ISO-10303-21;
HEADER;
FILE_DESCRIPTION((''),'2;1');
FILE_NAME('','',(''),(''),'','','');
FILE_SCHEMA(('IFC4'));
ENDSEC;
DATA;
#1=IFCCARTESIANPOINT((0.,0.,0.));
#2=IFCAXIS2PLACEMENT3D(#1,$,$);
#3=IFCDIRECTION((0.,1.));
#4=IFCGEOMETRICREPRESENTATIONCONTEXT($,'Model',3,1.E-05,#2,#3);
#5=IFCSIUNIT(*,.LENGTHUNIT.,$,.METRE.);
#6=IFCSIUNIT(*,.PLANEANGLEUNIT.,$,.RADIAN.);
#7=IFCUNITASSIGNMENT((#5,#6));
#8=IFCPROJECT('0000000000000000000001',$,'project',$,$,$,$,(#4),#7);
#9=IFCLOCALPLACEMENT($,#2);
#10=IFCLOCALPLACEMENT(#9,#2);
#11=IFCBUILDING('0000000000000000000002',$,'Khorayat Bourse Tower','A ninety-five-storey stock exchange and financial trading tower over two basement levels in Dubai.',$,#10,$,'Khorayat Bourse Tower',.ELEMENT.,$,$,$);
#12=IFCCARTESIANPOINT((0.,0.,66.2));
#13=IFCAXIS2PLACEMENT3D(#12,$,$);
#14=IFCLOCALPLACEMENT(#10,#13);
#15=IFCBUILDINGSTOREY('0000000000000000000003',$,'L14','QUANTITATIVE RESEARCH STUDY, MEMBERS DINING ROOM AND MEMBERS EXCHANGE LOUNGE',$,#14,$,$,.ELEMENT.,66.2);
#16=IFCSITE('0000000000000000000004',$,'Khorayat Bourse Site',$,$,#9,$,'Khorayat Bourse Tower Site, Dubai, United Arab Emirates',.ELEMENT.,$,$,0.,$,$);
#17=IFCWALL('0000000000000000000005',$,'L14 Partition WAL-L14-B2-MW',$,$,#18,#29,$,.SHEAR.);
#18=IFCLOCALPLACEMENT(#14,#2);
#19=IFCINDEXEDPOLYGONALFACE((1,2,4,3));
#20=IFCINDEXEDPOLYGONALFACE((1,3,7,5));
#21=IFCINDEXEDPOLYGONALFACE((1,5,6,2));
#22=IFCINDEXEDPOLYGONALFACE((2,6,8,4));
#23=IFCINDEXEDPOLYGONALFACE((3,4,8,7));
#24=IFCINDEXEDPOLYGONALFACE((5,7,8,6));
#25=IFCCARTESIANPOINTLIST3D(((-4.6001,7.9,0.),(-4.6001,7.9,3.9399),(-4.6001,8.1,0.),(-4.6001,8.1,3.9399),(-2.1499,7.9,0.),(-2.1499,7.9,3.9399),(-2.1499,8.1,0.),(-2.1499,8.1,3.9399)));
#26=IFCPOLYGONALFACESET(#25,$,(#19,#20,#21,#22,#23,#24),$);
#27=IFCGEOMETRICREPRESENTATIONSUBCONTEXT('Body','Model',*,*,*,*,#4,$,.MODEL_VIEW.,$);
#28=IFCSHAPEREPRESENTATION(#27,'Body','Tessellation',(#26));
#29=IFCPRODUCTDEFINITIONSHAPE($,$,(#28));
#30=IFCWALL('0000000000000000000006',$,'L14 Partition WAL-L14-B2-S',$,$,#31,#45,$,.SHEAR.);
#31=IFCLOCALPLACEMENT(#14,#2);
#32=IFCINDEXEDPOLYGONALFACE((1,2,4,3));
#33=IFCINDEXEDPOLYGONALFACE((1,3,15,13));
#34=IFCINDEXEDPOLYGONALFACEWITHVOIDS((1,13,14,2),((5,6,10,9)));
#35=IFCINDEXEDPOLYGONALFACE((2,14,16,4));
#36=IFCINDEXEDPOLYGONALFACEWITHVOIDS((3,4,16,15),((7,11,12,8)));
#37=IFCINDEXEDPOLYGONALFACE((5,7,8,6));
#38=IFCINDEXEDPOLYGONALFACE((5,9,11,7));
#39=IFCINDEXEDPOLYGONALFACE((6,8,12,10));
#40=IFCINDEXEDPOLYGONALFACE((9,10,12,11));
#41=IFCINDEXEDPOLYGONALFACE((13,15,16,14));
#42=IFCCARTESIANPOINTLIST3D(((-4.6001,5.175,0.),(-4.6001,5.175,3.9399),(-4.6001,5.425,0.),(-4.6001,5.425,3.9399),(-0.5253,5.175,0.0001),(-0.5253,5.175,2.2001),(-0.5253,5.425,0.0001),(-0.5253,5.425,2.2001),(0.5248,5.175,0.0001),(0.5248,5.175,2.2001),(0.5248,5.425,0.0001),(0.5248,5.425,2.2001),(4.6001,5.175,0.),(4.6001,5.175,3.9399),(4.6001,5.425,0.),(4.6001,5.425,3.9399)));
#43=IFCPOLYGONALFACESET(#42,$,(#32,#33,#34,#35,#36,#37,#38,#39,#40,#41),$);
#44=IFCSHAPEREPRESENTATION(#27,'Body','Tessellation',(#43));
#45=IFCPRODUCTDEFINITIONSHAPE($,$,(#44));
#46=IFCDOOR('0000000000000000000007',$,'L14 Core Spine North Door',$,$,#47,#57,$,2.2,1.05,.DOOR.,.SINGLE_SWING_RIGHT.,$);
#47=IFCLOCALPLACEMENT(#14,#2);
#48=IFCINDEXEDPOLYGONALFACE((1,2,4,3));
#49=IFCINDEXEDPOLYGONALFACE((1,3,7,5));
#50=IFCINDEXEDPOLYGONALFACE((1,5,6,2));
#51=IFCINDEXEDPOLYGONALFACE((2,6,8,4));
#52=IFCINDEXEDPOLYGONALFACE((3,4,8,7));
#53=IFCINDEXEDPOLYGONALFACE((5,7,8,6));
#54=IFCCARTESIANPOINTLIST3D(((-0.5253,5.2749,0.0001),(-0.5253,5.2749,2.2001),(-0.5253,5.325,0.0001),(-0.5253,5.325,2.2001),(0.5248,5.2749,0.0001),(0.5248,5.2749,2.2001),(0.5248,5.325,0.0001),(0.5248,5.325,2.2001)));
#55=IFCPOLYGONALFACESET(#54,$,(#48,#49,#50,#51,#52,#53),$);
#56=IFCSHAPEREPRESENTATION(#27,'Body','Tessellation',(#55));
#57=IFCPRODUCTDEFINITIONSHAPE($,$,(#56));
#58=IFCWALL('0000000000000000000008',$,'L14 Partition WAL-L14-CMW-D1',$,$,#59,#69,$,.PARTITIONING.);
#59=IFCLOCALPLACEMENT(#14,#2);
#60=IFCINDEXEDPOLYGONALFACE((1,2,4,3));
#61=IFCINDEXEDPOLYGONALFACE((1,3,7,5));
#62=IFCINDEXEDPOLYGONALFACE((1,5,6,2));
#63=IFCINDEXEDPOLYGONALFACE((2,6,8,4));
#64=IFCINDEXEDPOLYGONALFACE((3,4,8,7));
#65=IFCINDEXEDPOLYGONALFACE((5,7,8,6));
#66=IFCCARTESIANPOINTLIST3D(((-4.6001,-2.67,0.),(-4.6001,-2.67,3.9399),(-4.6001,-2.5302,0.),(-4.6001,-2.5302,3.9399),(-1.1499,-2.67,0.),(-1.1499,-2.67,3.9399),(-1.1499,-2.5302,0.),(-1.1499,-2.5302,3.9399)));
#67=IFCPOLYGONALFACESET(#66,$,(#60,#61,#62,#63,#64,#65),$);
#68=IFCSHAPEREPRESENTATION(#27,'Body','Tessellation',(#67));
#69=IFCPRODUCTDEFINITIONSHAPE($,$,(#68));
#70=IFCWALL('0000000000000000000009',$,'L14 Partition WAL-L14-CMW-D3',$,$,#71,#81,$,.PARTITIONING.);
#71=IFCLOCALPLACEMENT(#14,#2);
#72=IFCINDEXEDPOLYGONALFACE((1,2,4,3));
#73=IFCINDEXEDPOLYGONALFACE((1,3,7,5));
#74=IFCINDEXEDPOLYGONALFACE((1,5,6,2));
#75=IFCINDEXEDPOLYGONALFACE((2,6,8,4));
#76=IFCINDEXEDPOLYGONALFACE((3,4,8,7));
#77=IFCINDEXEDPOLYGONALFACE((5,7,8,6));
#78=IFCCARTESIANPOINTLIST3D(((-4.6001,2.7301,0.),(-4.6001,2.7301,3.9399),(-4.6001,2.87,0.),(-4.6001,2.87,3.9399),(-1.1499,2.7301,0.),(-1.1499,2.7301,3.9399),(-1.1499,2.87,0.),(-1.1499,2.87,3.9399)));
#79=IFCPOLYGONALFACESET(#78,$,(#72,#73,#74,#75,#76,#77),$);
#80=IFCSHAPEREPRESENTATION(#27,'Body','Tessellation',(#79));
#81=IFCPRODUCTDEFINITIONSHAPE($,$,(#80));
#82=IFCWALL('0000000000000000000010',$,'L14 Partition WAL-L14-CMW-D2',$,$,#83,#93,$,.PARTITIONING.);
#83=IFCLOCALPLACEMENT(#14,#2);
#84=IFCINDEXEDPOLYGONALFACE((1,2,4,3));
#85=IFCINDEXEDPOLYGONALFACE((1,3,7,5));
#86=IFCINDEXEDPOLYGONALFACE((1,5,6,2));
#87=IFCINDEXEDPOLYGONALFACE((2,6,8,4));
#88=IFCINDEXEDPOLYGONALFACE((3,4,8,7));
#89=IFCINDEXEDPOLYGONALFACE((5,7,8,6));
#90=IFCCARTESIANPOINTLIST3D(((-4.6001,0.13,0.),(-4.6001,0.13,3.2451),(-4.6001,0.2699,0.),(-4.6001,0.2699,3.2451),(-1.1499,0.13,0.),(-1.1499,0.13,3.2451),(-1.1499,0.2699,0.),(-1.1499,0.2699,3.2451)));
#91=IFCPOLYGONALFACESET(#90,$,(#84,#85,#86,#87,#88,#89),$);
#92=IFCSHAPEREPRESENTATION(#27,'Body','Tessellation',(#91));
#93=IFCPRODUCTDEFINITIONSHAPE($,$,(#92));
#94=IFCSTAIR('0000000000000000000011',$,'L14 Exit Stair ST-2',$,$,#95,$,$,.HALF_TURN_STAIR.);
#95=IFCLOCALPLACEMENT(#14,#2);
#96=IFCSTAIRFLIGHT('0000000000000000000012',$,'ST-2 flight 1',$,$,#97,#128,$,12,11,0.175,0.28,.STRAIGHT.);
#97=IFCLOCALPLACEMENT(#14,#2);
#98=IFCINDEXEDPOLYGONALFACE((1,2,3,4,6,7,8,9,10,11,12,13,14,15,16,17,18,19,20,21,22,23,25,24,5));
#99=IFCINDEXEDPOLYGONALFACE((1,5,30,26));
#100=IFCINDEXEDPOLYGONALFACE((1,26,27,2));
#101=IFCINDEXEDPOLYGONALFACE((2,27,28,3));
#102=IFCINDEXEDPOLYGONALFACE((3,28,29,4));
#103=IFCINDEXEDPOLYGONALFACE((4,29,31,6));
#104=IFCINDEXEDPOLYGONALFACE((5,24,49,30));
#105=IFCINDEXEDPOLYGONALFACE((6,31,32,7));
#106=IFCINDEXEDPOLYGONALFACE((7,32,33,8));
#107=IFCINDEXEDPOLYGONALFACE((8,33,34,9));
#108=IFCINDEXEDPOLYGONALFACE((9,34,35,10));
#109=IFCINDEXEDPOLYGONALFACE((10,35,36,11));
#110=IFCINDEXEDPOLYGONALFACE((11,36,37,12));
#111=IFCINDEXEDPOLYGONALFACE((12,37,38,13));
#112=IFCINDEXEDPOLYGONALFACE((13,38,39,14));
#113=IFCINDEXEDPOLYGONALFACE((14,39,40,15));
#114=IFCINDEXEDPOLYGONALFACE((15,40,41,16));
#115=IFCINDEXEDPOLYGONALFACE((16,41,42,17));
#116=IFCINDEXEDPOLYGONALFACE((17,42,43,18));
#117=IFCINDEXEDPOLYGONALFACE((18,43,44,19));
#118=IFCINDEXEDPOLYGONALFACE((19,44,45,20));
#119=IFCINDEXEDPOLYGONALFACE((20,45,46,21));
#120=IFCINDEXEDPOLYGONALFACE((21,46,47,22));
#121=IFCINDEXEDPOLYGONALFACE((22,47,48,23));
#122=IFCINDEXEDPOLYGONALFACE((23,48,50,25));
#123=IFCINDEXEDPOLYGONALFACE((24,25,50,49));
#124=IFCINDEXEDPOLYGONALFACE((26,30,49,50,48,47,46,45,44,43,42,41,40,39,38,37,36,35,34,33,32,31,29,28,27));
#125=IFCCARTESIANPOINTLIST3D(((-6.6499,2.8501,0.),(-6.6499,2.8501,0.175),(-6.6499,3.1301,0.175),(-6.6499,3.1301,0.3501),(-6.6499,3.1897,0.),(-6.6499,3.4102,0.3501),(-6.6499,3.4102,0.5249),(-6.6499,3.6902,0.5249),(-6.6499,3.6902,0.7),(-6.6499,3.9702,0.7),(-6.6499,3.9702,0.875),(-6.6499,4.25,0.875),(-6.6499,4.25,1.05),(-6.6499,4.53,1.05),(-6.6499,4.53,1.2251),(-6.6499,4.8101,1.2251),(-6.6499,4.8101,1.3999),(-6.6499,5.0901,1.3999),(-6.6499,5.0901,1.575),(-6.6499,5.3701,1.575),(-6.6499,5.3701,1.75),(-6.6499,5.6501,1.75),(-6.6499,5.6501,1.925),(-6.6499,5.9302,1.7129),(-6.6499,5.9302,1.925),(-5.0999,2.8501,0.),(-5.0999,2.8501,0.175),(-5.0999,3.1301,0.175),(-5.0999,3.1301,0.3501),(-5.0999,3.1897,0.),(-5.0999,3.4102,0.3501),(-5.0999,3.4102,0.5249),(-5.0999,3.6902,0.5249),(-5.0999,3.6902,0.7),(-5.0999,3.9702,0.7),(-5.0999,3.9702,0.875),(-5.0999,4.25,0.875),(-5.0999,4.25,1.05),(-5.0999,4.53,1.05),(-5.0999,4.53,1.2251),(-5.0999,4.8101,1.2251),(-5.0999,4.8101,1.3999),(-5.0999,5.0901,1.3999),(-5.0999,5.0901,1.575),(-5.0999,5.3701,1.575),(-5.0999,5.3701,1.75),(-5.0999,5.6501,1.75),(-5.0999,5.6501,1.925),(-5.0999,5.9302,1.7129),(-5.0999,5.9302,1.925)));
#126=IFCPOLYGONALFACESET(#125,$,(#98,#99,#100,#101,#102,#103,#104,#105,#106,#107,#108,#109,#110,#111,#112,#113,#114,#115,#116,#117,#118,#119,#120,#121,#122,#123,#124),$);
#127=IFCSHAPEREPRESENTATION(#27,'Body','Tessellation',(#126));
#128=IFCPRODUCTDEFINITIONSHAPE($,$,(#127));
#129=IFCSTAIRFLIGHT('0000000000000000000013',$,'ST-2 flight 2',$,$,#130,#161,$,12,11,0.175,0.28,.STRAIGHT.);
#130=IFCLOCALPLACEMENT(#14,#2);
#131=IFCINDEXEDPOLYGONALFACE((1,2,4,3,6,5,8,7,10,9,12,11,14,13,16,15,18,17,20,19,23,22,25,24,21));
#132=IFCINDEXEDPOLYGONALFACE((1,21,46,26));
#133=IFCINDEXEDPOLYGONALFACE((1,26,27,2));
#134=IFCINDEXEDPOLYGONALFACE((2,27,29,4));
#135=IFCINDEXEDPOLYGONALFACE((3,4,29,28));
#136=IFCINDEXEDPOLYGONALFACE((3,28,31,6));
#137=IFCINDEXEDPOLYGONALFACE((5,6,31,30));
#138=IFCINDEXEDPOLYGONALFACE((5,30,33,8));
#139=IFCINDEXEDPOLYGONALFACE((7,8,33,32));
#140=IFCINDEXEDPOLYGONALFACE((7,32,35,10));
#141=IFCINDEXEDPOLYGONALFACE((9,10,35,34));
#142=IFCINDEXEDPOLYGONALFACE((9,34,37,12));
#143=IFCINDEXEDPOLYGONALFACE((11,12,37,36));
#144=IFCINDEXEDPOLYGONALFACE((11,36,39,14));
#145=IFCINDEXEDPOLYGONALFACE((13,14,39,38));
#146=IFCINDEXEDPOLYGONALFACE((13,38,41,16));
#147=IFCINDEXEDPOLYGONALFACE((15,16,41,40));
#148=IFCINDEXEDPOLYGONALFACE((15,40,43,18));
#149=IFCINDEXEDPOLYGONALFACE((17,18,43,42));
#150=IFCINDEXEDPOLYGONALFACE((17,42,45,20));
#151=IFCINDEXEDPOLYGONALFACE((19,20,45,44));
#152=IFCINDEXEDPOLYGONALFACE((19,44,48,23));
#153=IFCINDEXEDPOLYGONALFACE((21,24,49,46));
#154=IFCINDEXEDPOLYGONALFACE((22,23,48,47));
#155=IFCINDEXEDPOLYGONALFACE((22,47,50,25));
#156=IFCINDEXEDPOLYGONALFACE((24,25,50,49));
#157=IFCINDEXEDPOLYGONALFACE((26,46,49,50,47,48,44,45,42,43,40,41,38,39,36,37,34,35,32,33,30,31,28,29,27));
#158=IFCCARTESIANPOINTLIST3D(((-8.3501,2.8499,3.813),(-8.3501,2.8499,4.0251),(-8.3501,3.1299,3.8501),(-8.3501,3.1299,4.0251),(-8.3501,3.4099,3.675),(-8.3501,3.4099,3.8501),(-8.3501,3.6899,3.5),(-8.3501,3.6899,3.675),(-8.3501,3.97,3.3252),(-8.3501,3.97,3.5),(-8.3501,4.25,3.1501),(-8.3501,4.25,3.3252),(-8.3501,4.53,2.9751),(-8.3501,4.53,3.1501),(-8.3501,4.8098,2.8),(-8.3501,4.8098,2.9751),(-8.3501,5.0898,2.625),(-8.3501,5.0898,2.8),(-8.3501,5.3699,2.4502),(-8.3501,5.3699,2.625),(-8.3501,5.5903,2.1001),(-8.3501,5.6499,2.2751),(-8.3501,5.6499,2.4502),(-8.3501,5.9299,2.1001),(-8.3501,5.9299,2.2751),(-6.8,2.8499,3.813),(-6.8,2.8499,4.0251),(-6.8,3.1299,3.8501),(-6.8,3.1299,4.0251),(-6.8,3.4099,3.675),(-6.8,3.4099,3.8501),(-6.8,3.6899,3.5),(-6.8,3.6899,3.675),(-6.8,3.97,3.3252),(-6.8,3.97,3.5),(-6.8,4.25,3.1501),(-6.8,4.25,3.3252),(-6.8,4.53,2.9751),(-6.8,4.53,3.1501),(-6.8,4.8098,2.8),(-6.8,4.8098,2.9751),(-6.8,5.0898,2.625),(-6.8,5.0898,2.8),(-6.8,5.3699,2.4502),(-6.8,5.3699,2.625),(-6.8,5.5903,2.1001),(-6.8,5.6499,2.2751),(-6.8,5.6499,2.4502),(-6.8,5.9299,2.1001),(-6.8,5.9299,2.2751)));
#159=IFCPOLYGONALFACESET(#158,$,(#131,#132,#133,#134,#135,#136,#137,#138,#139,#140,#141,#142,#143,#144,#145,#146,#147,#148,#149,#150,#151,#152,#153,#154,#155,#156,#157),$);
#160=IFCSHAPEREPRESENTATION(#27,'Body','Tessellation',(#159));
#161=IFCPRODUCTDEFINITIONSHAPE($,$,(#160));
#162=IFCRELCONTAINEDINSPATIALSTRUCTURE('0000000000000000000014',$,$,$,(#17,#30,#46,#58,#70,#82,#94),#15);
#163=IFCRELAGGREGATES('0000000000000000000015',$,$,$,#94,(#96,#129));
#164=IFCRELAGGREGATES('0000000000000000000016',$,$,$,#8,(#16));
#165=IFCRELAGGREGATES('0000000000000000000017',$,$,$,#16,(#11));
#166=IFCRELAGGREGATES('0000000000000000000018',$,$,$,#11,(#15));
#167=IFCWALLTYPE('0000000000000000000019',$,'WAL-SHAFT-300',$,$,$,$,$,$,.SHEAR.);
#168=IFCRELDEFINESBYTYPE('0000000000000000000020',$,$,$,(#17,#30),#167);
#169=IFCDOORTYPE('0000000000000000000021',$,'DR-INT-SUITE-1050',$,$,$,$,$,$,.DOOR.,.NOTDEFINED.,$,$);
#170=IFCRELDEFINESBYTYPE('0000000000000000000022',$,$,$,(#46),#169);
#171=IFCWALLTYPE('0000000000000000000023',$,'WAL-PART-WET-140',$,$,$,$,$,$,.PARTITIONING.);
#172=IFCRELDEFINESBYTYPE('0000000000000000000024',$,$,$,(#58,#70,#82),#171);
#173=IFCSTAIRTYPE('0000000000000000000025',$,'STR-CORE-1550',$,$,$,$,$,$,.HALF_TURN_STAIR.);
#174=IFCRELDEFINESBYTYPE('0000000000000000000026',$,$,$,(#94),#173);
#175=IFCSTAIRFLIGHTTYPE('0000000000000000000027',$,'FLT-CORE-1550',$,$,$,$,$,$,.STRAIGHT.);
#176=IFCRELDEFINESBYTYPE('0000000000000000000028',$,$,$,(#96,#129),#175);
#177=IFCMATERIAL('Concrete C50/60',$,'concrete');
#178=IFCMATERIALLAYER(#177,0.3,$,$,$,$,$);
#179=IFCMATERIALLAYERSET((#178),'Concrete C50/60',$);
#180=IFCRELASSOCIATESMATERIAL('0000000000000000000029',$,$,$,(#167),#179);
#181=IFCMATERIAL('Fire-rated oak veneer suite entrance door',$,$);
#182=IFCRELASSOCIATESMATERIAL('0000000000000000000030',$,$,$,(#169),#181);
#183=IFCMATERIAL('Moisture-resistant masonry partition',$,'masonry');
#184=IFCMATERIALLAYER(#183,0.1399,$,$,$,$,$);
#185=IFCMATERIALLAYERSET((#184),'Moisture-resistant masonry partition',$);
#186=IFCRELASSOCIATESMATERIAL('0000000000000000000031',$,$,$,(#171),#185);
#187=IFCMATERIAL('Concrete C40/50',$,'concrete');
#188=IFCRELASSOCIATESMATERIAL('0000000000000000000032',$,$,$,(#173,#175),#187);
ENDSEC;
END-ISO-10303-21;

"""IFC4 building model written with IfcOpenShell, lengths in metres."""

from ifc_helpers import new_model, si_unit, direction, frame, frame_2d, origin, place, context, subcontext, project, spatial, polyline, rectangle, outline, extrude, source, transform, mapped, material, layer, layer_set, type_object, element, fill, aggregate, save


model = new_model("IFC4")

# Units and contexts
model_context = context("Model", 3, precision=1e-05, world=origin(), true_north=direction((0.0, 1.0)))
body_context = subcontext(model_context, "Body", "Model", "MODEL_VIEW")
ifc_project = project(units=[si_unit("LENGTHUNIT", "METRE"), si_unit("PLANEANGLEUNIT", "RADIAN")], contexts=[model_context])

# Site, building, storey
site_placement = place(None, origin())
site = spatial("IfcSite", under=ifc_project, at=site_placement, Name="Khorayat Bourse Site", LongName="Khorayat Bourse Tower Site, Dubai, United Arab Emirates", CompositionType="ELEMENT", RefElevation=0.0)
building_placement = place(site_placement, origin())
building = spatial("IfcBuilding", under=site, at=building_placement, Name="Khorayat Bourse Tower", Description="A ninety-five-storey stock exchange and financial trading tower over two basement levels in Dubai.", LongName="Khorayat Bourse Tower", CompositionType="ELEMENT")
storey_placement = place(building_placement, frame((0.0, 0.0, 66.2)))
storey = spatial("IfcBuildingStorey", under=building, at=storey_placement, Name="L14", Description="QUANTITATIVE RESEARCH STUDY, MEMBERS DINING ROOM AND MEMBERS EXCHANGE LOUNGE", CompositionType="ELEMENT", Elevation=66.2)

# Wall
ifc_material_1 = material(Name="Concrete C50/60", Category="concrete")
ifc_layer_1 = layer(ifc_material_1, 0.3)
ifc_layer_set_1 = layer_set([ifc_layer_1], Name="Concrete C50/60")
wall_type_1 = type_object("IfcWallType", Name="WAL-SHAFT-300", PredefinedType="SHEAR", material=ifc_layer_set_1)
shared_shape_1 = source(origin(), body_context, "Body", "SweptSolid", [
    extrude(rectangle(XDim=2.4502, YDim=0.2, at=frame_2d((1.2251, 0.0))), origin(), (0.0, 0.0, 1.0), 3.9399),
])
wall_1_placement = place(storey_placement, frame((-4.6001, 8.0, 0.0), z_axis=(0.0, 0.0, 1.0), x_axis=(1.0, 0.0, 0.0)))
element("IfcWall", 1, at=wall_1_placement, inside=storey, type_object=wall_type_1, Name="L14 Partition WAL-L14-B2-MW", PredefinedType="SHEAR", context=body_context, shape_type="MappedRepresentation", body=[
    mapped(shared_shape_1, transform((0.0, 0.0, 0.0), scale=1.0)),
])

# Wall, opening, door
shared_shape_2 = source(origin(), body_context, "Body", "SweptSolid", [
    extrude(rectangle(XDim=9.2002, YDim=0.25, at=frame_2d((4.6001, 0.0))), origin(), (0.0, 0.0, 1.0), 3.9399),
])
wall_2_placement = place(storey_placement, frame((-4.6001, 5.3, 0.0), z_axis=(0.0, 0.0, 1.0), x_axis=(1.0, 0.0, 0.0)))
wall_2 = element("IfcWall", 2, at=wall_2_placement, inside=storey, type_object=wall_type_1, Name="L14 Partition WAL-L14-B2-S", PredefinedType="SHEAR", context=body_context, shape_type="MappedRepresentation", body=[
    mapped(shared_shape_2, transform((0.0, 0.0, 0.0), scale=1.0)),
])
shared_shape_3 = source(origin(), body_context, "Body", "SweptSolid", [
    extrude(rectangle(XDim=1.05, YDim=2.2, at=frame_2d((0.5249, 1.1001))), frame((0.0, 0.135, 0.0), z_axis=(0.0, -1.0, 0.0), x_axis=(1.0, 0.0, 0.0)), (0.0, 0.0, 1.0), 0.27),
])
opening_placement = place(wall_2_placement, frame((4.075, 0.0, 0.0)))
opening = element("IfcOpeningElement", 3, at=opening_placement, cuts=wall_2, PredefinedType="OPENING", context=body_context, shape_type="MappedRepresentation", body=[
    mapped(shared_shape_3, transform((0.0, 0.0, 0.0), scale=1.0)),
])
ifc_material_2 = material(Name="Fire-rated oak veneer suite entrance door")
door_type = type_object("IfcDoorType", Name="DR-INT-SUITE-1050", OperationType="NOTDEFINED", PredefinedType="DOOR", material=ifc_material_2)
shared_shape_4 = source(origin(), body_context, "Body", "SweptSolid", [
    extrude(rectangle(XDim=1.05, YDim=2.2, at=frame_2d((0.5249, 1.1001))), frame((0.0, 0.0249, 0.0), z_axis=(0.0, -1.0, 0.0), x_axis=(1.0, 0.0, 0.0)), (0.0, 0.0, 1.0), 0.05),
])
door_placement = place(opening_placement, origin())
door = element("IfcDoor", 4, at=door_placement, inside=storey, type_object=door_type, Name="L14 Core Spine North Door", OperationType="SINGLE_SWING_RIGHT", OverallHeight=2.2, OverallWidth=1.05, PredefinedType="DOOR", context=body_context, shape_type="MappedRepresentation", body=[
    mapped(shared_shape_4, transform((0.0, 0.0, 0.0), scale=1.0)),
])
fill(opening, door)

# Walls
ifc_material_3 = material(Name="Moisture-resistant masonry partition", Category="masonry")
ifc_layer_2 = layer(ifc_material_3, 0.1399)
ifc_layer_set_2 = layer_set([ifc_layer_2], Name="Moisture-resistant masonry partition")
wall_type_2 = type_object("IfcWallType", Name="WAL-PART-WET-140", PredefinedType="PARTITIONING", material=ifc_layer_set_2)
shared_shape_5 = source(origin(), body_context, "Body", "SweptSolid", [
    extrude(rectangle(XDim=3.4502, YDim=0.1399, at=frame_2d((1.7251, 0.0))), origin(), (0.0, 0.0, 1.0), 3.9399),
])
for number, where, z_axis, x_axis, name in (
    (5, (-4.6001, -2.6001, 0.0), (0.0, 0.0, 1.0), (1.0, 0.0, 0.0), "L14 Partition WAL-L14-CMW-D1"),
    (6, (-4.6001, 2.8, 0.0), (0.0, 0.0, 1.0), (1.0, 0.0, 0.0), "L14 Partition WAL-L14-CMW-D3"),
):
    element("IfcWall", number, at=place(storey_placement, frame(where, z_axis=z_axis, x_axis=x_axis)), inside=storey, type_object=wall_type_2, Name=name, PredefinedType="PARTITIONING", context=body_context, shape_type="MappedRepresentation", body=[
        mapped(shared_shape_5, transform((0.0, 0.0, 0.0), scale=1.0)),
    ])
shared_shape_6 = source(origin(), body_context, "Body", "SweptSolid", [
    extrude(rectangle(XDim=3.4502, YDim=0.1399, at=frame_2d((1.7251, 0.0))), origin(), (0.0, 0.0, 1.0), 3.2451),
])
wall_3_placement = place(storey_placement, frame((-4.6001, 0.2, 0.0), z_axis=(0.0, 0.0, 1.0), x_axis=(1.0, 0.0, 0.0)))
element("IfcWall", 7, at=wall_3_placement, inside=storey, type_object=wall_type_2, Name="L14 Partition WAL-L14-CMW-D2", PredefinedType="PARTITIONING", context=body_context, shape_type="MappedRepresentation", body=[
    mapped(shared_shape_6, transform((0.0, 0.0, 0.0), scale=1.0)),
])

# Stair, stair flights
ifc_material_4 = material(Name="Concrete C40/50", Category="concrete")
stair_type = type_object("IfcStairType", Name="STR-CORE-1550", PredefinedType="HALF_TURN_STAIR", material=ifc_material_4)
stair_placement = place(storey_placement, origin())
stair = element("IfcStair", 8, at=stair_placement, inside=storey, type_object=stair_type, Name="L14 Exit Stair ST-2", PredefinedType="HALF_TURN_STAIR")
stair_flight_type = type_object("IfcStairFlightType", Name="FLT-CORE-1550", PredefinedType="STRAIGHT", material=ifc_material_4)
shared_shape_7 = source(origin(), body_context, "Body", "SweptSolid", [
    extrude(outline(polyline([(0.0, 0.0), (0.0, 0.175), (0.28, 0.175), (0.28, 0.3501), (0.5601, 0.3501), (0.5601, 0.5249), (0.8401, 0.5249), (0.8401, 0.7), (1.1201, 0.7), (1.1201, 0.875), (1.3999, 0.875), (1.3999, 1.05), (1.6799, 1.05), (1.6799, 1.2251), (1.96, 1.2251), (1.96, 1.3999), (2.24, 1.3999), (2.24, 1.575), (2.52, 1.575), (2.52, 1.75), (2.8, 1.75), (2.8, 1.925), (3.0801, 1.925), (3.0801, 2.1001), (3.0801, 1.7129), (0.3396, 0.0), (0.0, 0.0)])), frame((0.0, 0.7749, 0.0), z_axis=(0.0, -1.0, 0.0), x_axis=(1.0, 0.0, 0.0)), (0.0, 0.0, 1.0), 1.55),
])
stair_flight_1_placement = place(storey_placement, frame((-5.875, 2.8501, 0.0), z_axis=(0.0, 0.0, 1.0), x_axis=(0.0, 1.0, 0.0)))
stair_flight_1 = element("IfcStairFlight", 9, at=stair_flight_1_placement, type_object=stair_flight_type, Name="ST-2 flight 1", NumberOfRisers=12, NumberOfTreads=11, PredefinedType="STRAIGHT", RiserHeight=0.175, TreadLength=0.28, context=body_context, shape_type="MappedRepresentation", body=[
    mapped(shared_shape_7, transform((0.0, 0.0, 0.0), scale=1.0)),
])
stair_flight_2_placement = place(storey_placement, frame((-7.575, 5.9299, 2.1001), z_axis=(0.0, 0.0, 1.0), x_axis=(0.0, -1.0, 0.0)))
stair_flight_2 = element("IfcStairFlight", 10, at=stair_flight_2_placement, type_object=stair_flight_type, Name="ST-2 flight 2", NumberOfRisers=12, NumberOfTreads=11, PredefinedType="STRAIGHT", RiserHeight=0.175, TreadLength=0.28, context=body_context, shape_type="MappedRepresentation", body=[
    mapped(shared_shape_7, transform((0.0, 0.0, 0.0), scale=1.0)),
])
aggregate(stair, [stair_flight_1, stair_flight_2])

save(model, "model.ifc")
